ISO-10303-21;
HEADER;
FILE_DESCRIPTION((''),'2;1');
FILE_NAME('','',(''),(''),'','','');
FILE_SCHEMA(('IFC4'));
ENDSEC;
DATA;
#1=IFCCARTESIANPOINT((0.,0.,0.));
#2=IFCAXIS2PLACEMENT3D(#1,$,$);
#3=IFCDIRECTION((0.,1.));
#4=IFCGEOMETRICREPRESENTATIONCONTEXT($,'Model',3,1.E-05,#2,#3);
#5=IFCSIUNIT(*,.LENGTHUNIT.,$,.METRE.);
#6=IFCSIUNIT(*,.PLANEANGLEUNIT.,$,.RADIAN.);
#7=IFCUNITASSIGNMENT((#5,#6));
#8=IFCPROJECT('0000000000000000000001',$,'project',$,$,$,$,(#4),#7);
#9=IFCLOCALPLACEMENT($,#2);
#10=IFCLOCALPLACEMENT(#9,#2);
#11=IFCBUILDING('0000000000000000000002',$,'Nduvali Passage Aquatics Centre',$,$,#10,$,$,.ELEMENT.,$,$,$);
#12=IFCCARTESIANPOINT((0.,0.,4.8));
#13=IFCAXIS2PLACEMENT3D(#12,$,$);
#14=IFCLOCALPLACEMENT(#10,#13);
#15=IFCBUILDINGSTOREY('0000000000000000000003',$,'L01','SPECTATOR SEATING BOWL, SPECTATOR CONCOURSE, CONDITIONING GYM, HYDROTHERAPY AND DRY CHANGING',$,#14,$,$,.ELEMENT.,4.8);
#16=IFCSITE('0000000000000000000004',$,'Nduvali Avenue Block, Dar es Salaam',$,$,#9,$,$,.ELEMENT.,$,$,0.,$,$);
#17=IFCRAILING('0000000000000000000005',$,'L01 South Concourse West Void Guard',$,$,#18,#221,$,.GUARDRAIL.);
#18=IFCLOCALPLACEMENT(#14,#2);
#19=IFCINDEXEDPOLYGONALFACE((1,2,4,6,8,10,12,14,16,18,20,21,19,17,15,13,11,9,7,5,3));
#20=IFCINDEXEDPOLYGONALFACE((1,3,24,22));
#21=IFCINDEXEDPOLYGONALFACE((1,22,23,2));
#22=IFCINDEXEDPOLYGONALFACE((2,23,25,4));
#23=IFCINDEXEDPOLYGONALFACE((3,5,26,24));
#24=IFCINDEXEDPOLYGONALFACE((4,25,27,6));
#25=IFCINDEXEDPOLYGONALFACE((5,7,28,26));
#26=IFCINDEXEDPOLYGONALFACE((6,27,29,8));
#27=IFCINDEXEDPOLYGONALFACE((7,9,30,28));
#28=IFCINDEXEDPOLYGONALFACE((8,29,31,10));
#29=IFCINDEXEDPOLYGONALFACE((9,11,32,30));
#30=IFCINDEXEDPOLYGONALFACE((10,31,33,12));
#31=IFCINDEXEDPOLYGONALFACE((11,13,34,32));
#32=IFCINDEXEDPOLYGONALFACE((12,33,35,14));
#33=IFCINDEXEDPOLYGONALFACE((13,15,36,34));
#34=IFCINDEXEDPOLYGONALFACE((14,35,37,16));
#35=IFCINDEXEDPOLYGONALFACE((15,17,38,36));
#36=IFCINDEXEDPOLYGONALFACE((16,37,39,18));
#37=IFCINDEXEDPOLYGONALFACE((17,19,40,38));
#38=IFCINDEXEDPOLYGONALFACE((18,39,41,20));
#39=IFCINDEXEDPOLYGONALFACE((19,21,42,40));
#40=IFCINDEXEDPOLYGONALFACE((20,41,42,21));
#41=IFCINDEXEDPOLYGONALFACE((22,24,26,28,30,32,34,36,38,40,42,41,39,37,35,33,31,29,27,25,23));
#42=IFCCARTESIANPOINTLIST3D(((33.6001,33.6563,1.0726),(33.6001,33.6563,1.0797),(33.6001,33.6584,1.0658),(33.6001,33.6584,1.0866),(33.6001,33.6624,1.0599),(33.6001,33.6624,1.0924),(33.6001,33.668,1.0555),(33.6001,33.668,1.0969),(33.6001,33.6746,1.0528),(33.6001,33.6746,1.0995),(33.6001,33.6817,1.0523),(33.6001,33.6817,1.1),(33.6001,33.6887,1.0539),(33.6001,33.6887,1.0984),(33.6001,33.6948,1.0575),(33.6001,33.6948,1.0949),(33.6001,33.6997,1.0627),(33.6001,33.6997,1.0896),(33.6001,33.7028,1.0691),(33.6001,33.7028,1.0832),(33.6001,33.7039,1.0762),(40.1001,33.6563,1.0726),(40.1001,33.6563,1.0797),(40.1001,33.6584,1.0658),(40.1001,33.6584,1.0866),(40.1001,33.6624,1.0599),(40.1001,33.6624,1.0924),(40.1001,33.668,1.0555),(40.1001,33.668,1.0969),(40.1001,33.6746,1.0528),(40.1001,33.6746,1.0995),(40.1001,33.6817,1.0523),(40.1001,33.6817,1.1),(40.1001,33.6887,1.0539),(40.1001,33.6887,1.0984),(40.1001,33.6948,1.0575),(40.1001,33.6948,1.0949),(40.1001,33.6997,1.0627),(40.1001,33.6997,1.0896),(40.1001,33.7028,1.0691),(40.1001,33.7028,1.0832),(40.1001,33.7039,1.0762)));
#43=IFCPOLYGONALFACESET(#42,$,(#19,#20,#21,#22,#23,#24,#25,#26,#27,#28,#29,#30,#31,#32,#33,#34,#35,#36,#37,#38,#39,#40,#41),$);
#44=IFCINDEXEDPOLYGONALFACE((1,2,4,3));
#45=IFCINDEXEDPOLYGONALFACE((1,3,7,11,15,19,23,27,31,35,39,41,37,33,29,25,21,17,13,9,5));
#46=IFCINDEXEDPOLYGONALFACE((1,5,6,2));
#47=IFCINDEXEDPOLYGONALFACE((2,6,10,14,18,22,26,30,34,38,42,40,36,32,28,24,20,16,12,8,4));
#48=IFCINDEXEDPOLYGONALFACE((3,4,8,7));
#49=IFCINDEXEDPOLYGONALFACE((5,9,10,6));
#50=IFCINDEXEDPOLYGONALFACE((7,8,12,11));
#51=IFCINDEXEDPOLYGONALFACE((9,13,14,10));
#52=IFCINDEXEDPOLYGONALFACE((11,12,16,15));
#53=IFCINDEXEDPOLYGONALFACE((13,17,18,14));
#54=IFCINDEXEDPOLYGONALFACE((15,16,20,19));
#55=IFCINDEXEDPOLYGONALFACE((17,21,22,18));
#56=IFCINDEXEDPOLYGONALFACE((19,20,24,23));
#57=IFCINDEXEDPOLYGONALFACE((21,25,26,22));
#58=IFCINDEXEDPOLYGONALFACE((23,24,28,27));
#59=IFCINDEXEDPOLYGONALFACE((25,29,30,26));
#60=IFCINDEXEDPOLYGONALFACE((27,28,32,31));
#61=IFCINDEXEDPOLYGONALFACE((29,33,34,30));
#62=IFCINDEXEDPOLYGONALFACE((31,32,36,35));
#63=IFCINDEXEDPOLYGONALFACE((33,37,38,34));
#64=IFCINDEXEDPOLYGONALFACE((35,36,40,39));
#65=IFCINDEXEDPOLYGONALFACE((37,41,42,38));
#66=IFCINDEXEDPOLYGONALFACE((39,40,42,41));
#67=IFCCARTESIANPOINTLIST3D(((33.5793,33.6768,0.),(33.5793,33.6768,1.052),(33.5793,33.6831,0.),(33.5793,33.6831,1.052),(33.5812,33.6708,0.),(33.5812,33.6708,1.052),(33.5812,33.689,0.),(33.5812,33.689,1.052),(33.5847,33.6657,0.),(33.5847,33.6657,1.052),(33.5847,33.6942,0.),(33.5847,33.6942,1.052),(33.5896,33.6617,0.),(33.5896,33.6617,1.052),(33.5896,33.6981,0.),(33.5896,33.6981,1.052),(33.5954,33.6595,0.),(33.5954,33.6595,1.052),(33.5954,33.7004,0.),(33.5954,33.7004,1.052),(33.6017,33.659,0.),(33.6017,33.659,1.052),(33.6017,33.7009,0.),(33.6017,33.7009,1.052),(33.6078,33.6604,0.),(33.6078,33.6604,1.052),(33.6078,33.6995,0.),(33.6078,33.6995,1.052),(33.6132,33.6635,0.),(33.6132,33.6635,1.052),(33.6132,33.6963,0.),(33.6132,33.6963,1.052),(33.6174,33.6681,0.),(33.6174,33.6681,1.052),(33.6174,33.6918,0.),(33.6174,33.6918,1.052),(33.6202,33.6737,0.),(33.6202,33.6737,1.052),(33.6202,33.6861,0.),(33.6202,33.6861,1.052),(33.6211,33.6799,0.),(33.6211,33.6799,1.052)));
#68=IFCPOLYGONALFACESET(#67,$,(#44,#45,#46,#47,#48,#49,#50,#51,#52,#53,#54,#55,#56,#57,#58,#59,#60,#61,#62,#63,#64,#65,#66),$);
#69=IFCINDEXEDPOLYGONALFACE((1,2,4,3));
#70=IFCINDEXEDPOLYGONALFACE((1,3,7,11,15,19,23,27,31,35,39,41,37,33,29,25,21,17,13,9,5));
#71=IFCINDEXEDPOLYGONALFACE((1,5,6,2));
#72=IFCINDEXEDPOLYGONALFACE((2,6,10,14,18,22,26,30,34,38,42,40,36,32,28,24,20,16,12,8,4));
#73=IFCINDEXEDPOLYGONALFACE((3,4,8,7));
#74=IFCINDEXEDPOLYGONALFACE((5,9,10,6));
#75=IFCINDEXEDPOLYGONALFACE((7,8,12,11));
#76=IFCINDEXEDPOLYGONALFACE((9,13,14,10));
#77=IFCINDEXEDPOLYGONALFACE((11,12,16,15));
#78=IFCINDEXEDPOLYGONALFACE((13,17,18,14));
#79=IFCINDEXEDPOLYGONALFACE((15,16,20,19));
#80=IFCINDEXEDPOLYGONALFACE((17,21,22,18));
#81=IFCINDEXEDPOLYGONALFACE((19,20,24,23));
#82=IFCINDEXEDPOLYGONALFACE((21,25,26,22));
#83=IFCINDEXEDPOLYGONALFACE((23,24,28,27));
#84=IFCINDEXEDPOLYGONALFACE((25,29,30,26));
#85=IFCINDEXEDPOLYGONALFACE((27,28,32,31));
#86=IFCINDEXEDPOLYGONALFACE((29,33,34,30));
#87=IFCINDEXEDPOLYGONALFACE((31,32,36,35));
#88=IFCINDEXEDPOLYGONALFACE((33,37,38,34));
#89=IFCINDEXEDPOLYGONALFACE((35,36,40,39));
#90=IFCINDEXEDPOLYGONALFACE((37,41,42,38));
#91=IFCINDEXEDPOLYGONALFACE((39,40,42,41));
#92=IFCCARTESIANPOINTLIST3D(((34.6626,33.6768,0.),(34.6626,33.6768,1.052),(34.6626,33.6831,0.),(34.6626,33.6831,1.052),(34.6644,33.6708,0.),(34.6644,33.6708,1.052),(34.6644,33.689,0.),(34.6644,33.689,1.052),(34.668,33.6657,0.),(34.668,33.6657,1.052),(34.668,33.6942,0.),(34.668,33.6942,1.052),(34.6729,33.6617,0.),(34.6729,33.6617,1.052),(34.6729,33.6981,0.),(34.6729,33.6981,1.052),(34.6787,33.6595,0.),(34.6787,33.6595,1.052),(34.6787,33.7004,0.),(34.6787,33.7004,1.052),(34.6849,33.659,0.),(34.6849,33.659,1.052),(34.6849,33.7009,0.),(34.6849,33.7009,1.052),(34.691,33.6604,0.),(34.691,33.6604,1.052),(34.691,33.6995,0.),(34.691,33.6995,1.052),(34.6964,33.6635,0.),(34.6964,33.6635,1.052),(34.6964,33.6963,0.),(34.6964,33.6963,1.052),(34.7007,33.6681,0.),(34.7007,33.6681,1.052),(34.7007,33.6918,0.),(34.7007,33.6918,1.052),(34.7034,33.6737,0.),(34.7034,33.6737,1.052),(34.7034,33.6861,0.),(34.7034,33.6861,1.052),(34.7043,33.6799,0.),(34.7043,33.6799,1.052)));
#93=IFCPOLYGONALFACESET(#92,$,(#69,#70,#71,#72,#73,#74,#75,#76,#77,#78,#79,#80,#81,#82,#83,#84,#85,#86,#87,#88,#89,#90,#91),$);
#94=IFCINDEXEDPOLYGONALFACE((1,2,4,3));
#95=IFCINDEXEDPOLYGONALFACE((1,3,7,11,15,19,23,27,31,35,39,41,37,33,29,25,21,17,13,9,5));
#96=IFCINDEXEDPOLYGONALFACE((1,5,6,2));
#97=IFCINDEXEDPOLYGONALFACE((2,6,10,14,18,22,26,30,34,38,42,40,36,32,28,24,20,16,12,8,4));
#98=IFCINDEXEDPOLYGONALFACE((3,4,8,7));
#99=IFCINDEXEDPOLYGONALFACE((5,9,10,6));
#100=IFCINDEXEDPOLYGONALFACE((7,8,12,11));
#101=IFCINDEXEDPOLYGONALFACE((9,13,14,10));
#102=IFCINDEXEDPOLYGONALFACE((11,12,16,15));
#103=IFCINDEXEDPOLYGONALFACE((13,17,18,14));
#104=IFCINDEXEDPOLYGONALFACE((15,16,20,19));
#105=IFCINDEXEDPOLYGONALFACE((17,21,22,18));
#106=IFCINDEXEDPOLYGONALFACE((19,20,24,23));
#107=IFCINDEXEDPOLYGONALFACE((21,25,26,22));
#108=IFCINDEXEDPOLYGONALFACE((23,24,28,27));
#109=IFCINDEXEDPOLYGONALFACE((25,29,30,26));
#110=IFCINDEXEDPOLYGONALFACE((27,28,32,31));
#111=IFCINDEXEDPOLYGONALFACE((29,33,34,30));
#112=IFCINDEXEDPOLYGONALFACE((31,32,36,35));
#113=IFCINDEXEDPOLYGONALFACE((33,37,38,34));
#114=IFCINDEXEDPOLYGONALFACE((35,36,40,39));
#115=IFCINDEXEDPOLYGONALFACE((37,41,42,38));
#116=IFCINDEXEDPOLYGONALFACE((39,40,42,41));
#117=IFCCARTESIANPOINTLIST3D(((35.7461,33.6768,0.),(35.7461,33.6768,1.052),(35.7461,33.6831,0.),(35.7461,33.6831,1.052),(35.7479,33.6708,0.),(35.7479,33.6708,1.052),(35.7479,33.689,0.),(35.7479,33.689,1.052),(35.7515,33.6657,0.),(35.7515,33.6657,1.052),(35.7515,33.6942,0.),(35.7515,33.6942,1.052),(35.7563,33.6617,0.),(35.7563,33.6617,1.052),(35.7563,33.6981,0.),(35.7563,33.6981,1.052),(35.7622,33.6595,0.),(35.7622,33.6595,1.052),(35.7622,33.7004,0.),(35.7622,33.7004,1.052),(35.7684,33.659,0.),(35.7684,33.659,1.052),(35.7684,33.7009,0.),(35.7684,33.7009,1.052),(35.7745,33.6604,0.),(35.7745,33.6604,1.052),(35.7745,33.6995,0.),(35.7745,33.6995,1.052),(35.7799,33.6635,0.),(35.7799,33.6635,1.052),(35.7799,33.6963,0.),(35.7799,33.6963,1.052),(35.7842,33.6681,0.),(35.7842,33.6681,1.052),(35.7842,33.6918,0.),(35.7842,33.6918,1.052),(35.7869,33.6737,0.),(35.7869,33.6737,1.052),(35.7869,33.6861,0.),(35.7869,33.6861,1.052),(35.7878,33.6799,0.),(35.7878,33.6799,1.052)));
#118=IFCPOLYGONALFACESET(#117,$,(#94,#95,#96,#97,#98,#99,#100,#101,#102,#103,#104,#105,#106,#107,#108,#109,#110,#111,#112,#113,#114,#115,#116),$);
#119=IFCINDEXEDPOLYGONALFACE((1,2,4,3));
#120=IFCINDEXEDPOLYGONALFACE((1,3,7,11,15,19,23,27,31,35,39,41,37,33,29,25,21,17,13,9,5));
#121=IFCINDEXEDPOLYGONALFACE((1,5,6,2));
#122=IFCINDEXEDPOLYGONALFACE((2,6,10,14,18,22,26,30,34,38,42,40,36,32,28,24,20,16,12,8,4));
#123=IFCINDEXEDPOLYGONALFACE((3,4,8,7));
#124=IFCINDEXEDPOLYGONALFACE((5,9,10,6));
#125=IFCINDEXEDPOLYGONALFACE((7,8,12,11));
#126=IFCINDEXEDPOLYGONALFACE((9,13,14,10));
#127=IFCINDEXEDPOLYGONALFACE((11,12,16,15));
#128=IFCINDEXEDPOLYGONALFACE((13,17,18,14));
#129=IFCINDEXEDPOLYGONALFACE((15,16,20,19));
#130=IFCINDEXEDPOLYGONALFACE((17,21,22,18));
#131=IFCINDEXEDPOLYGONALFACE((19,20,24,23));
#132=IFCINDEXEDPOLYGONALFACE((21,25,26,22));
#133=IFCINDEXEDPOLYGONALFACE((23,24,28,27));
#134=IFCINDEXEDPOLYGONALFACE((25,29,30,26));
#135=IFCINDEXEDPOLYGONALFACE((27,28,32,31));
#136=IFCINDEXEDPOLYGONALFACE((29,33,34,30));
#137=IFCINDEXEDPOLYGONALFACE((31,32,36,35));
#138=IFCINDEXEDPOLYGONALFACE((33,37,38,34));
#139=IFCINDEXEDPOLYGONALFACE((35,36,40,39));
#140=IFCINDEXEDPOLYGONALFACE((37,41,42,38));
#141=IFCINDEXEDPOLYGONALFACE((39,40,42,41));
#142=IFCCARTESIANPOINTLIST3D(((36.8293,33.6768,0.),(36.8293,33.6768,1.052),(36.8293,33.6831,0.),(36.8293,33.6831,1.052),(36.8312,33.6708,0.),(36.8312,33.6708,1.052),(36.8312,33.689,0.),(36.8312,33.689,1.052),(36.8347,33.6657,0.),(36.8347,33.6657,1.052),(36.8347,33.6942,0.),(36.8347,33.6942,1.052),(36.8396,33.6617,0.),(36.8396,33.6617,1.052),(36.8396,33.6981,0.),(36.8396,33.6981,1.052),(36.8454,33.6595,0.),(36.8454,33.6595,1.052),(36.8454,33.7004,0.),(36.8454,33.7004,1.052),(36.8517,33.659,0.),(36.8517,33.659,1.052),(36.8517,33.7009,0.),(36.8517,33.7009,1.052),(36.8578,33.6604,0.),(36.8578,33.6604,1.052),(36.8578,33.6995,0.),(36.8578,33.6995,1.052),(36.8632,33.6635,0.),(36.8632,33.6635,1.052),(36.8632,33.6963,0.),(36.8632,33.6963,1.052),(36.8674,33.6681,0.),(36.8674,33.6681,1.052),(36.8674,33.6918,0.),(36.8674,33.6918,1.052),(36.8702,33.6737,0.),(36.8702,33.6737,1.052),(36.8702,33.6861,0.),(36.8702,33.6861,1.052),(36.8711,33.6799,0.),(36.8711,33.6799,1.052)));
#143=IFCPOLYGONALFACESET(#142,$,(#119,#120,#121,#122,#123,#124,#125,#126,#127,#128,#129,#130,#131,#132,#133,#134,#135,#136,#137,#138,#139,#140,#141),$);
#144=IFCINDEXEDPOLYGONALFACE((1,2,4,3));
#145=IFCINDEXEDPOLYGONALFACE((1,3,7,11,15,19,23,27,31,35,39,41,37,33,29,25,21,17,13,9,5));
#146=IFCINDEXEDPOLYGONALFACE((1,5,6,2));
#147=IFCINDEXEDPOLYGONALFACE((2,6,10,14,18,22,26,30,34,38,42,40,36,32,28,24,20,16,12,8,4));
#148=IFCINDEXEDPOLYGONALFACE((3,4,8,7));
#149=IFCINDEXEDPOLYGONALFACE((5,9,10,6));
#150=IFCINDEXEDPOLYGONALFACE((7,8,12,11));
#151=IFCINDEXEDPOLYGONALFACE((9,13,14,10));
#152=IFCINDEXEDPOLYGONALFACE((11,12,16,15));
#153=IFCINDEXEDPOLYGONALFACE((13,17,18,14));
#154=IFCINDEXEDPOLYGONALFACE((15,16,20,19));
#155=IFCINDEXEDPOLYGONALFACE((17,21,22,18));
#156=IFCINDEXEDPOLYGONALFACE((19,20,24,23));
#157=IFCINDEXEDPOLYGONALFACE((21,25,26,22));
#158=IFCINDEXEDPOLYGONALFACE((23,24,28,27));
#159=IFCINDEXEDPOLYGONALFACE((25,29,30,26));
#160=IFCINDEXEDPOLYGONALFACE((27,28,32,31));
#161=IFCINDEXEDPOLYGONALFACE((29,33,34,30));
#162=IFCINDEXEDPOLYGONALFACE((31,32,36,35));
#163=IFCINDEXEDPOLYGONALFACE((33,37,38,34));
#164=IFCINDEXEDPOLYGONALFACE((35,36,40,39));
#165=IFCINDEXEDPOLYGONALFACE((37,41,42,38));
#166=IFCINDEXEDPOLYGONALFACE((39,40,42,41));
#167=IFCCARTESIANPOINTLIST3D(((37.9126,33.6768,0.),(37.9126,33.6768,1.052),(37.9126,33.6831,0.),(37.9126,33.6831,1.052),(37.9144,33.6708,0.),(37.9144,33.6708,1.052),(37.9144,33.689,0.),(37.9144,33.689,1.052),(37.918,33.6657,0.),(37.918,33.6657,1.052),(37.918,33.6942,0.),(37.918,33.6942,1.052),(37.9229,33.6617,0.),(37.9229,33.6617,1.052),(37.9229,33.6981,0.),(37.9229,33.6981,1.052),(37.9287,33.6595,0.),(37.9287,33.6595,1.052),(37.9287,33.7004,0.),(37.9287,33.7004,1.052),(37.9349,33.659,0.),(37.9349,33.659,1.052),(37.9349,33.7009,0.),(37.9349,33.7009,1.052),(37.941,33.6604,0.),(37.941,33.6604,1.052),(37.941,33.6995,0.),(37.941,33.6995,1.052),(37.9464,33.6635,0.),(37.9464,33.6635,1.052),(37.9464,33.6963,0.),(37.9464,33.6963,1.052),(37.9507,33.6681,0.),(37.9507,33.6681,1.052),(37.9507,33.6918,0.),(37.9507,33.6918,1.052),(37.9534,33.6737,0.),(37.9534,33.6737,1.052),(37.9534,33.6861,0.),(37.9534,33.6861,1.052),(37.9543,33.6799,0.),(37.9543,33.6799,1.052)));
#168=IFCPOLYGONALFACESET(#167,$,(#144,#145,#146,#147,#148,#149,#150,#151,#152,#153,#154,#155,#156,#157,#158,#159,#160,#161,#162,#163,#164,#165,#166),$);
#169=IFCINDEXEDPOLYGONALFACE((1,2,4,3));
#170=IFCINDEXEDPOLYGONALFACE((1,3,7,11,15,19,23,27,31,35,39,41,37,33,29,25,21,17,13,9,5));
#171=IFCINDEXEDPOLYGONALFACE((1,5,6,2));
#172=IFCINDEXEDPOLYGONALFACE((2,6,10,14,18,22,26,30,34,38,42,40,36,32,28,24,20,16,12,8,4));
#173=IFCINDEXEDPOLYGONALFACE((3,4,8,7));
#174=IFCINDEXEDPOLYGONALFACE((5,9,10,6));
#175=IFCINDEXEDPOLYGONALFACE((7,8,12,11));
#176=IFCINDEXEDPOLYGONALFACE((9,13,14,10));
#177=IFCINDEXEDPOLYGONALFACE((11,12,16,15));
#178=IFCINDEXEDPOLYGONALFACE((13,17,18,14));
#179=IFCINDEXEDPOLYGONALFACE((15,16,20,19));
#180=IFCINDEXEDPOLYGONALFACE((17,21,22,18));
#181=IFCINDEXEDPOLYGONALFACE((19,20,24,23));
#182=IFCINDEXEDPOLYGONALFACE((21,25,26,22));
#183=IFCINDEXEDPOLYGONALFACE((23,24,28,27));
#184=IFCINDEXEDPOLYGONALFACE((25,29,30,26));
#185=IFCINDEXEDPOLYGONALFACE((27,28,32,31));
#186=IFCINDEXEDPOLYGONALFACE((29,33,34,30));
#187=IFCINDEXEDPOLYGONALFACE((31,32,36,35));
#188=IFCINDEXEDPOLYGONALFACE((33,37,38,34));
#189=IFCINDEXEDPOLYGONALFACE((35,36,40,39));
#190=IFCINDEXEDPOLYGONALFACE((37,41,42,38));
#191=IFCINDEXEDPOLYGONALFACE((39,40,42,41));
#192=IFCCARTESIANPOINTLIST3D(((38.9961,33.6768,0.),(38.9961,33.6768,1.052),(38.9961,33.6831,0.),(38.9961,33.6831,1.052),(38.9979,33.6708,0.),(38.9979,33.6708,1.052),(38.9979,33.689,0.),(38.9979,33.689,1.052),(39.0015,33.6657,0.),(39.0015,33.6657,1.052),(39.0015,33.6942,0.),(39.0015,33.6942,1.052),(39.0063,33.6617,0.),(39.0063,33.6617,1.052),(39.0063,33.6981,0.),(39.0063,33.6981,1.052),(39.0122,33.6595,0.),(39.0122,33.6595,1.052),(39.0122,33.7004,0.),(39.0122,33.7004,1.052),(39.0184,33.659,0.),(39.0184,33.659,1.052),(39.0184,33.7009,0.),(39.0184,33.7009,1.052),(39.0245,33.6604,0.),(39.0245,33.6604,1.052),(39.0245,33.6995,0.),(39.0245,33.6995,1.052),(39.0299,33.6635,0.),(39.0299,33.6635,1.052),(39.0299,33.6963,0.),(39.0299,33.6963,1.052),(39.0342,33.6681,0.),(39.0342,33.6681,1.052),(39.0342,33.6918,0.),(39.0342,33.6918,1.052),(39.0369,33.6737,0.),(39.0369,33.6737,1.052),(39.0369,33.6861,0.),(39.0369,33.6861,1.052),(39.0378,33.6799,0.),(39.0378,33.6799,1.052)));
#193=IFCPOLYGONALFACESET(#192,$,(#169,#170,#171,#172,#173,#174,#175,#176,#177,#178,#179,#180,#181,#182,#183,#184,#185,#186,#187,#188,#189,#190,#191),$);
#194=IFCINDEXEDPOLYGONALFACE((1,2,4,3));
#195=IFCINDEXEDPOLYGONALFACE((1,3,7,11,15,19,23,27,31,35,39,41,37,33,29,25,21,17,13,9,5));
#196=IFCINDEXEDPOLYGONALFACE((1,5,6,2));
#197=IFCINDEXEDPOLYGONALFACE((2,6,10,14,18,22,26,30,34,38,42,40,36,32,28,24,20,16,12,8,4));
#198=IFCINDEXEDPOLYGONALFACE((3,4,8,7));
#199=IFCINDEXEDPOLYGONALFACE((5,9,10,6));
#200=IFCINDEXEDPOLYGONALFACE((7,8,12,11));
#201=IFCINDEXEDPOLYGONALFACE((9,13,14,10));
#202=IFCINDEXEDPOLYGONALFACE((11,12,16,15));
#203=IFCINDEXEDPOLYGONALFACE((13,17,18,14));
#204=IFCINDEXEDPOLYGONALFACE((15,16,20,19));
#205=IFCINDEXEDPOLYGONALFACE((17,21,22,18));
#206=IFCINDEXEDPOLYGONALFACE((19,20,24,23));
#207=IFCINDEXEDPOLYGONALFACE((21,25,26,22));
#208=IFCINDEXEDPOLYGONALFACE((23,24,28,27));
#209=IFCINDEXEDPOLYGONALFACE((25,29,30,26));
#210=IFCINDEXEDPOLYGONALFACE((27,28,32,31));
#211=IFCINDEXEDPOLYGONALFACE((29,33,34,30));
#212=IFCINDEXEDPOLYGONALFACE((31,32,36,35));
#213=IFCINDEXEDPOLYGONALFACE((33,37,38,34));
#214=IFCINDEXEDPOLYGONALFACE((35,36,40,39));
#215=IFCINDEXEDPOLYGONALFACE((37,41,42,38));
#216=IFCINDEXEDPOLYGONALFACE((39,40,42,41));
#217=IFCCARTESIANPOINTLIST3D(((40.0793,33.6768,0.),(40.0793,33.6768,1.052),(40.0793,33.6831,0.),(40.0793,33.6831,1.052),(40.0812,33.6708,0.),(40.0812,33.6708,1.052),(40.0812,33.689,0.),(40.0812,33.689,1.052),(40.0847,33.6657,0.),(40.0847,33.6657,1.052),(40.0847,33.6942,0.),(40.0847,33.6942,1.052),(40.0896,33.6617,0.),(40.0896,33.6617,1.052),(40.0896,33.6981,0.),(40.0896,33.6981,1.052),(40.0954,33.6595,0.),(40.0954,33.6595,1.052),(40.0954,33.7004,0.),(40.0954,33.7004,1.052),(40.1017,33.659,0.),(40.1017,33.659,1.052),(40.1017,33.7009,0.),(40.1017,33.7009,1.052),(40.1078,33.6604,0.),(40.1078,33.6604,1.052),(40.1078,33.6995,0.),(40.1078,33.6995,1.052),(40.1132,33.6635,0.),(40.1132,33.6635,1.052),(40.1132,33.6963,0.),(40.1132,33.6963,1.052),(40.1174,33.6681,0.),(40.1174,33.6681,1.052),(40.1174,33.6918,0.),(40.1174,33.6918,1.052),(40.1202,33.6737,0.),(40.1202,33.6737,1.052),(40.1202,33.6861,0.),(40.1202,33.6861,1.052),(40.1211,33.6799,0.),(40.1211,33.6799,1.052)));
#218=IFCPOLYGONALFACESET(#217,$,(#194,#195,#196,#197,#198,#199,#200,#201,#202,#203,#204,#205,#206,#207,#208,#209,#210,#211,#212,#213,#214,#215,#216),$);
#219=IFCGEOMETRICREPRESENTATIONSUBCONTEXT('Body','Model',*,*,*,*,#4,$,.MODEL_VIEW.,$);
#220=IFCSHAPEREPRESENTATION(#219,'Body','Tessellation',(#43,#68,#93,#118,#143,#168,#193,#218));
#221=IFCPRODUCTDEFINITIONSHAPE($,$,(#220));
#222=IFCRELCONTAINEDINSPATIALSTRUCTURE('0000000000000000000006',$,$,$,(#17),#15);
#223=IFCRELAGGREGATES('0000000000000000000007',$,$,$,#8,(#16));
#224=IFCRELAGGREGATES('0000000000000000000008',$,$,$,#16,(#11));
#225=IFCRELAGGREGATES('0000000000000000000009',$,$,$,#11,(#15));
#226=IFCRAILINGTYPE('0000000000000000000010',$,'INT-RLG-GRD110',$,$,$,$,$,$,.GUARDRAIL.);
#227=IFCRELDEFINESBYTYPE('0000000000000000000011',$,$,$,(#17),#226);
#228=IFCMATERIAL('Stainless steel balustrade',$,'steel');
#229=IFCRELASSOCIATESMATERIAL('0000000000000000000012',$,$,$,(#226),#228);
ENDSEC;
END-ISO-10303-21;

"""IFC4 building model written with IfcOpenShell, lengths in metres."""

from ifc_helpers import new_model, si_unit, direction, frame, origin, origin_2d, place, context, subcontext, project, spatial, circle, extrude, material, type_object, element, save


model = new_model("IFC4")

# Units and contexts
model_context = context("Model", 3, precision=1e-05, world=origin(), true_north=direction((0.0, 1.0)))
body_context = subcontext(model_context, "Body", "Model", "MODEL_VIEW")
ifc_project = project(units=[si_unit("LENGTHUNIT", "METRE"), si_unit("PLANEANGLEUNIT", "RADIAN")], contexts=[model_context])

# Site, building, storey
site_placement = place(None, origin())
site = spatial("IfcSite", under=ifc_project, at=site_placement, Name="Nduvali Avenue Block, Dar es Salaam", CompositionType="ELEMENT", RefElevation=0.0)
building_placement = place(site_placement, origin())
building = spatial("IfcBuilding", under=site, at=building_placement, Name="Nduvali Passage Aquatics Centre", CompositionType="ELEMENT")
storey_placement = place(building_placement, frame((0.0, 0.0, 4.8)))
storey = spatial("IfcBuildingStorey", under=building, at=storey_placement, Name="L01", Description="SPECTATOR SEATING BOWL, SPECTATOR CONCOURSE, CONDITIONING GYM, HYDROTHERAPY AND DRY CHANGING", CompositionType="ELEMENT", Elevation=4.8)

# Railing
ifc_material_1 = material(Name="Stainless steel balustrade", Category="steel")
railing_type = type_object("IfcRailingType", Name="INT-RLG-GRD110", PredefinedType="GUARDRAIL", material=ifc_material_1)
railing_1_placement = place(storey_placement, frame((33.6001, 33.6799, 0.0)))
element("IfcRailing", 1, at=railing_1_placement, inside=storey, type_object=railing_type, Name="L01 South Concourse West Void Guard", PredefinedType="GUARDRAIL", context=body_context, shape_type="SweptSolid", body=[
    extrude(circle(Radius=0.0239, at=origin_2d()), frame((0.0, 0.0, 1.0762), z_axis=(1.0, 0.0, 0.0), x_axis=(0.0, 1.0, 0.0)), (0.0, 0.0, 1.0), 6.5),
    extrude(circle(Radius=0.021, at=origin_2d()), origin(), (0.0, 0.0, 1.0), 1.052),
    extrude(circle(Radius=0.021, at=origin_2d()), frame((1.0833, 0.0, 0.0)), (0.0, 0.0, 1.0), 1.052),
    extrude(circle(Radius=0.021, at=origin_2d()), frame((2.1667, 0.0, 0.0)), (0.0, 0.0, 1.0), 1.052),
    extrude(circle(Radius=0.021, at=origin_2d()), frame((3.25, 0.0, 0.0)), (0.0, 0.0, 1.0), 1.052),
    extrude(circle(Radius=0.021, at=origin_2d()), frame((4.3333, 0.0, 0.0)), (0.0, 0.0, 1.0), 1.052),
    extrude(circle(Radius=0.021, at=origin_2d()), frame((5.4167, 0.0, 0.0)), (0.0, 0.0, 1.0), 1.052),
    extrude(circle(Radius=0.021, at=origin_2d()), frame((6.5, 0.0, 0.0)), (0.0, 0.0, 1.0), 1.052),
])

save(model, "model.ifc")
